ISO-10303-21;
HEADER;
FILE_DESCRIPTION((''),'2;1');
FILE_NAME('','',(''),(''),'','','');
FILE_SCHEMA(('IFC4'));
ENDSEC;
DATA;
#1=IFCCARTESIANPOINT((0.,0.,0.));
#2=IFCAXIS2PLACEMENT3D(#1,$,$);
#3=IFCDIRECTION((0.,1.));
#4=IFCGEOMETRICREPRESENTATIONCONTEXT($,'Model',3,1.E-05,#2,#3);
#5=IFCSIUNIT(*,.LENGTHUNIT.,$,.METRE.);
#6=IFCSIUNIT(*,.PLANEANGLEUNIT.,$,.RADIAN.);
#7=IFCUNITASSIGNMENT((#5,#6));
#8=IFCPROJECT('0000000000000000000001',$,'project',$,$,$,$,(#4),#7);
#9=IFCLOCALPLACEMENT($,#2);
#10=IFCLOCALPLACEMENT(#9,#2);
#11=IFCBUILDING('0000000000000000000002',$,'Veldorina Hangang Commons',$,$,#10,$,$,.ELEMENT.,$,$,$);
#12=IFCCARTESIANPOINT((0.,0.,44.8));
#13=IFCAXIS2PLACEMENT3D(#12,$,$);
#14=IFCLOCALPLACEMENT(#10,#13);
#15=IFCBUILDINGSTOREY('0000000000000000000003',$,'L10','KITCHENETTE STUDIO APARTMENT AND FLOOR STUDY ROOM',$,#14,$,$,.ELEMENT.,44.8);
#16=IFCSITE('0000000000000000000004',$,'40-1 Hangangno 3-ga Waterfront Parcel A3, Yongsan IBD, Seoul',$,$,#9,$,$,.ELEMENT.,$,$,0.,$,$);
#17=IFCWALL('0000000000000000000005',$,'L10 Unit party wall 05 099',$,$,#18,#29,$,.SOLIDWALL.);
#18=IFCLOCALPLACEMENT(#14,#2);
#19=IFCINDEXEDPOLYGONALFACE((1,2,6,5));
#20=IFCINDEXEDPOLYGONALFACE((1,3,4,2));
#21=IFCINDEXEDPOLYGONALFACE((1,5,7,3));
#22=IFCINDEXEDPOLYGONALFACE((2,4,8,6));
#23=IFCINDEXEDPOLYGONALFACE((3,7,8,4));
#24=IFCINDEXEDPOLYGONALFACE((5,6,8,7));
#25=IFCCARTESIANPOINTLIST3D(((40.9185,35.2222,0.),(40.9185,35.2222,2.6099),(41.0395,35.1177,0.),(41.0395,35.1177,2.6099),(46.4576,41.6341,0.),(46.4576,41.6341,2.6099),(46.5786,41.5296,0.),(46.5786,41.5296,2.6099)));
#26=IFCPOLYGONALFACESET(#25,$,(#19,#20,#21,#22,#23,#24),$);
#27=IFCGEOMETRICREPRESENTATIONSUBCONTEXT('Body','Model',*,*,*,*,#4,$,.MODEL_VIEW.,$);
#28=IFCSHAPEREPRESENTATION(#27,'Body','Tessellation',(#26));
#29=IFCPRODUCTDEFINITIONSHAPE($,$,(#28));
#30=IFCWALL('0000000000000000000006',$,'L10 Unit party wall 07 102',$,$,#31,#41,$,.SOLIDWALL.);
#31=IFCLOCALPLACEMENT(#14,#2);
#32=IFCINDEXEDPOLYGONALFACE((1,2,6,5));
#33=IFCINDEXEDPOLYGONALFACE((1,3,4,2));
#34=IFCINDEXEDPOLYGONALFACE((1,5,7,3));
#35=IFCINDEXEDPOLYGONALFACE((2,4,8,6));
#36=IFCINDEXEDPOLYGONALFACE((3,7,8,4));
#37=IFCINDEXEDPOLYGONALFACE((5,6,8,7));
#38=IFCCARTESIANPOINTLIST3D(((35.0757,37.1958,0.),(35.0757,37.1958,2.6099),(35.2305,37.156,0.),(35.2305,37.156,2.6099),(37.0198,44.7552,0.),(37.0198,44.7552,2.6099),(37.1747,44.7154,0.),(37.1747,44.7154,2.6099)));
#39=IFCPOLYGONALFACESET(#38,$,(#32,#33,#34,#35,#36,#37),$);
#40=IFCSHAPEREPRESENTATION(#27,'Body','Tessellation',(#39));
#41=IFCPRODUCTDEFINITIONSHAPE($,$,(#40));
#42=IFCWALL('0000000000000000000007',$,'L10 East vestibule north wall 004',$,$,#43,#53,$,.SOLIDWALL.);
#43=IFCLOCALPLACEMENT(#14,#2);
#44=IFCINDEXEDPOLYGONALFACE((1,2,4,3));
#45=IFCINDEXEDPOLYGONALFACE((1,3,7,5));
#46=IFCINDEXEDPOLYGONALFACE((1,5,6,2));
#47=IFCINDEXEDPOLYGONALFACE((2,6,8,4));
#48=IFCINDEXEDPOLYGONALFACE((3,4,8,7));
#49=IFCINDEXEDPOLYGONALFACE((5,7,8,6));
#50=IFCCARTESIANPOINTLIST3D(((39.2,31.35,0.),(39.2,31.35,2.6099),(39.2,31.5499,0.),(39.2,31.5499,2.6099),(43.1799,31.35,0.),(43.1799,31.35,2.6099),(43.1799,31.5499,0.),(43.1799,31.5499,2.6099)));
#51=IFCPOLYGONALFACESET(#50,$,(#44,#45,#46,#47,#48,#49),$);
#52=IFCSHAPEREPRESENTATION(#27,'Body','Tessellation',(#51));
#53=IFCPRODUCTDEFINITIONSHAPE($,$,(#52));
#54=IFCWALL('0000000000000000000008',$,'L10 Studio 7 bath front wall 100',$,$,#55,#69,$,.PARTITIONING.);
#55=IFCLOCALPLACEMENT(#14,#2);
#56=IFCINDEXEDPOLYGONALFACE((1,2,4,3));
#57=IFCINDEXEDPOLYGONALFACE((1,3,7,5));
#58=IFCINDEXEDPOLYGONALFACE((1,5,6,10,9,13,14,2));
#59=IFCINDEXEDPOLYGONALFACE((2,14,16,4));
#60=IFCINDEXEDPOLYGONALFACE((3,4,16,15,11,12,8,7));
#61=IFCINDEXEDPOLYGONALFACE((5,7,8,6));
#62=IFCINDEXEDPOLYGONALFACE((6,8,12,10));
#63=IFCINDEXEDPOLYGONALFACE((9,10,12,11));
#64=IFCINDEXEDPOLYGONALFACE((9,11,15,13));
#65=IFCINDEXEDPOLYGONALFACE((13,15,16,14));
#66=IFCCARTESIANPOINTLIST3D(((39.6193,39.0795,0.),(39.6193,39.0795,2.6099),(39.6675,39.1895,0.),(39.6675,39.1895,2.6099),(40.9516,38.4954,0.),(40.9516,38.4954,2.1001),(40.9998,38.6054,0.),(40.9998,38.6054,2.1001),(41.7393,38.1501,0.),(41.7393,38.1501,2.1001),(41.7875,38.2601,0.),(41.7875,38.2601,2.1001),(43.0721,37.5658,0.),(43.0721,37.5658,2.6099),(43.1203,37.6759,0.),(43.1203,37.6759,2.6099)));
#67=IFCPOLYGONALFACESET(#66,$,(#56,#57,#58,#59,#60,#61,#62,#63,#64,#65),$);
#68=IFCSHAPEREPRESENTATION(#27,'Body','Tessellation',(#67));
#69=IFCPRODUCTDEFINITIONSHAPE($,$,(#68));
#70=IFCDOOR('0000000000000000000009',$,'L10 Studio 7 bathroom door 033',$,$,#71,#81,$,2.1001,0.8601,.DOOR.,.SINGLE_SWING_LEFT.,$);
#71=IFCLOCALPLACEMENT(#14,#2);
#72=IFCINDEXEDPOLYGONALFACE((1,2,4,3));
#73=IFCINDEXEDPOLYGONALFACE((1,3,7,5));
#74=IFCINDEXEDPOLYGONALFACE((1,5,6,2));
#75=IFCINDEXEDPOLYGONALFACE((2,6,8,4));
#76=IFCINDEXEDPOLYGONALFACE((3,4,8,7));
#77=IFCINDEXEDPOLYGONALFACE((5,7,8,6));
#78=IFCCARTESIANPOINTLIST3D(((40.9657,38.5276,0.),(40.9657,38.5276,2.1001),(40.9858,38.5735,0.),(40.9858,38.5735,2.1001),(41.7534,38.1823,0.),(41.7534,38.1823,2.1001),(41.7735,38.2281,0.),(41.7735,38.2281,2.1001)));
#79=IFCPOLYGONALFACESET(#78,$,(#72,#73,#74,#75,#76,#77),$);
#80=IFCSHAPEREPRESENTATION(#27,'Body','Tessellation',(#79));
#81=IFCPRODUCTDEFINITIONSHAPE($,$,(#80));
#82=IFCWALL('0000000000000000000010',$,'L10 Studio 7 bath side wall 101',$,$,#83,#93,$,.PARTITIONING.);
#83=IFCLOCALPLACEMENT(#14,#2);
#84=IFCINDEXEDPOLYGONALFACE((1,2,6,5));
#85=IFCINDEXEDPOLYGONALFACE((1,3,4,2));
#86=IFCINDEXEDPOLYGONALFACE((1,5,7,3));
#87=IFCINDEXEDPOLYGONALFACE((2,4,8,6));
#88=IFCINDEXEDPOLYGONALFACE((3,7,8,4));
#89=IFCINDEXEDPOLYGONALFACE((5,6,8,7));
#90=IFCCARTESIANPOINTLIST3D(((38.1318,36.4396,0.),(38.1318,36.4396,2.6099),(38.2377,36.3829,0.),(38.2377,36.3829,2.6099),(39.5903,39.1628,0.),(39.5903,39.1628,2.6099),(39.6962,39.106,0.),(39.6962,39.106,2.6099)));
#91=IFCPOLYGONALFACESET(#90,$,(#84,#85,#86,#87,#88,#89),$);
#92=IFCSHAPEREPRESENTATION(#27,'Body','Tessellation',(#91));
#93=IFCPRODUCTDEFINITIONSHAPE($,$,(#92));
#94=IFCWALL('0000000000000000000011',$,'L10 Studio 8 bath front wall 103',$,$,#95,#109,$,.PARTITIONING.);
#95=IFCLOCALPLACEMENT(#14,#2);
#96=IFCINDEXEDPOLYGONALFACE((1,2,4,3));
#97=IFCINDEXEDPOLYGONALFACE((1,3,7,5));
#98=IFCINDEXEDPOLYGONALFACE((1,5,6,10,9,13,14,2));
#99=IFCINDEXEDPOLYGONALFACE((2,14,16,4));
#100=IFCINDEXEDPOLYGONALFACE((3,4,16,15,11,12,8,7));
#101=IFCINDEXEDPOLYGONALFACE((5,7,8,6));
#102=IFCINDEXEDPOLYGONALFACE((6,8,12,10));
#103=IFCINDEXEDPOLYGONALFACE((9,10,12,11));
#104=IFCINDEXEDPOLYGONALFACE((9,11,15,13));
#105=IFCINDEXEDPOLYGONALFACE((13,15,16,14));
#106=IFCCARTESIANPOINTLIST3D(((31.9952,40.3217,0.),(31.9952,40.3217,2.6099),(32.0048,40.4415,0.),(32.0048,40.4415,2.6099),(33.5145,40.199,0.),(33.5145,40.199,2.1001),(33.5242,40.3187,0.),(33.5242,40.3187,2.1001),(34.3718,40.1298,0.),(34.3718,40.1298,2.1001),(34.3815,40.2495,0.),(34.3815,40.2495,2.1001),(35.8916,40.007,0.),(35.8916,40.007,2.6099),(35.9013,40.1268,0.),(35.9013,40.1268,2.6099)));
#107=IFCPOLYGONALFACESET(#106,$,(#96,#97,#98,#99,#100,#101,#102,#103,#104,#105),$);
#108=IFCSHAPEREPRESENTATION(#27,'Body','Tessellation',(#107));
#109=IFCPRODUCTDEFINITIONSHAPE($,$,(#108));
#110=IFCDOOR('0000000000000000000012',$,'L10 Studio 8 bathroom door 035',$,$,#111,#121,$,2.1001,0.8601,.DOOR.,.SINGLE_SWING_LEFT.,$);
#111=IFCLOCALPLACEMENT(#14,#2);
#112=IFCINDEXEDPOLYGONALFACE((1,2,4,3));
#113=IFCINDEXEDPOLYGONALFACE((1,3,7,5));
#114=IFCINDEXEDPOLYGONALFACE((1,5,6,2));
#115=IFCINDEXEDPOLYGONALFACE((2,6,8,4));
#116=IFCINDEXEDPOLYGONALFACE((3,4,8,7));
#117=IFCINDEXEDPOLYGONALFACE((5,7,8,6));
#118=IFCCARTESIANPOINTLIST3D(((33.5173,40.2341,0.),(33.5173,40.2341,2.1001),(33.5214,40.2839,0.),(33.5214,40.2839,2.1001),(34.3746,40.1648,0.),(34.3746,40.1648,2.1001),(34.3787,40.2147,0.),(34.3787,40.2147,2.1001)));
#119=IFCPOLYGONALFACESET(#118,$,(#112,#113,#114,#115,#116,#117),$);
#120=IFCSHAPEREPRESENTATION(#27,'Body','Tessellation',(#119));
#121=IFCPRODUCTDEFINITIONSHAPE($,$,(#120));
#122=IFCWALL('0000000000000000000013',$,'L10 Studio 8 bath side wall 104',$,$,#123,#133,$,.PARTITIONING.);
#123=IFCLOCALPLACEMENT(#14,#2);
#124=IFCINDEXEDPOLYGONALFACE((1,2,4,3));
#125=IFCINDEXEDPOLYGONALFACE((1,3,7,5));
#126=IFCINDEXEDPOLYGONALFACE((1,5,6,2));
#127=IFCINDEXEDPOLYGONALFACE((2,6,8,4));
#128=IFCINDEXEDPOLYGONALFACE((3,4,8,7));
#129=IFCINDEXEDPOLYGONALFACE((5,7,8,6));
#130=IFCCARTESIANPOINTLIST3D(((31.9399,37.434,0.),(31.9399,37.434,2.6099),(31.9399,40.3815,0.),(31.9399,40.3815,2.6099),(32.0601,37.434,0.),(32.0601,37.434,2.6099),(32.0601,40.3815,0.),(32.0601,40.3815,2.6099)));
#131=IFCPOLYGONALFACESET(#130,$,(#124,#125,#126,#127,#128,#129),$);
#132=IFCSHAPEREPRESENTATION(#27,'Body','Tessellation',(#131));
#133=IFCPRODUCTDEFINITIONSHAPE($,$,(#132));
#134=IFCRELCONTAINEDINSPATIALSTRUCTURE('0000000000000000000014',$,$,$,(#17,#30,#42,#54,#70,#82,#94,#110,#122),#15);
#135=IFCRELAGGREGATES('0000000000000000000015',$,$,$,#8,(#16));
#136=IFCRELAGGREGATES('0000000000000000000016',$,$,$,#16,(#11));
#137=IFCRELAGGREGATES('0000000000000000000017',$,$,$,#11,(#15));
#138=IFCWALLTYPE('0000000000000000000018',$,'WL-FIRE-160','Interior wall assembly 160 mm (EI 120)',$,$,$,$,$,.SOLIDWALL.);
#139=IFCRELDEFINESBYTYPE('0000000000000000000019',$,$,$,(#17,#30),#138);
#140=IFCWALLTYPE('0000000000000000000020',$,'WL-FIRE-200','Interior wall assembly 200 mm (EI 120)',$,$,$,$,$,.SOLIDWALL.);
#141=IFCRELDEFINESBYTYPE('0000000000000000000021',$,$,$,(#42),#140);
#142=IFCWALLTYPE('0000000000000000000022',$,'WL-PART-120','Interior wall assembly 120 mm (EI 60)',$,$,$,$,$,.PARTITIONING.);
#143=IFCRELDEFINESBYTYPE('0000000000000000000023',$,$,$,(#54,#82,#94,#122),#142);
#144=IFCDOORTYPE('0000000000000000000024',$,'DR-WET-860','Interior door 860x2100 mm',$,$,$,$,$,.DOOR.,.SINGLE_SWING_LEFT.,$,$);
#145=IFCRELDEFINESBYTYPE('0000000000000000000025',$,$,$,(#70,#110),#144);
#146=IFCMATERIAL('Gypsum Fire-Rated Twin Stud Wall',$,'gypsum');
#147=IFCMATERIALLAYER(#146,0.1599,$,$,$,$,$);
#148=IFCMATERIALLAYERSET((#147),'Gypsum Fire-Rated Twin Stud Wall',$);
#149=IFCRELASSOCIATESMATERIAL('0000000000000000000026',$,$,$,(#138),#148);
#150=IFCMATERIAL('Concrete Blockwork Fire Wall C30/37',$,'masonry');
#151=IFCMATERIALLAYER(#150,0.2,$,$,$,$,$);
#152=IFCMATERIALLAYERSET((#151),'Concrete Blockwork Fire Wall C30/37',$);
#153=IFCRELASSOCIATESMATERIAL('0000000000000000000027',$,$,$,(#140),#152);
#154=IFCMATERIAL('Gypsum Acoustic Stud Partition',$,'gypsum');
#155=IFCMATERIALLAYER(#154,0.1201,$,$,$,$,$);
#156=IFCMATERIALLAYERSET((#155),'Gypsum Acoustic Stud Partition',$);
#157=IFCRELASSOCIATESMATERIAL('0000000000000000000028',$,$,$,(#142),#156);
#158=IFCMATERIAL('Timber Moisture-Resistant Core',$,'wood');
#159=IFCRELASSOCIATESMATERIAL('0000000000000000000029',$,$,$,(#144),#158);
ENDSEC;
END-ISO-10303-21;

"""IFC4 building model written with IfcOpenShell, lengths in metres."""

from ifc_helpers import new_model, si_unit, direction, frame, frame_2d, origin, place, context, subcontext, project, spatial, rectangle, extrude, material, layer, layer_set, type_object, element, fill, save


model = new_model("IFC4")

# Units and contexts
model_context = context("Model", 3, precision=1e-05, world=origin(), true_north=direction((0.0, 1.0)))
body_context = subcontext(model_context, "Body", "Model", "MODEL_VIEW")
ifc_project = project(units=[si_unit("LENGTHUNIT", "METRE"), si_unit("PLANEANGLEUNIT", "RADIAN")], contexts=[model_context])

# Site, building, storey
site_placement = place(None, origin())
site = spatial("IfcSite", under=ifc_project, at=site_placement, Name="40-1 Hangangno 3-ga Waterfront Parcel A3, Yongsan IBD, Seoul", CompositionType="ELEMENT", RefElevation=0.0)
building_placement = place(site_placement, origin())
building = spatial("IfcBuilding", under=site, at=building_placement, Name="Veldorina Hangang Commons", CompositionType="ELEMENT")
storey_placement = place(building_placement, frame((0.0, 0.0, 44.8)))
storey = spatial("IfcBuildingStorey", under=building, at=storey_placement, Name="L10", Description="KITCHENETTE STUDIO APARTMENT AND FLOOR STUDY ROOM", CompositionType="ELEMENT", Elevation=44.8)

# Shared definitions
ifc_material_1 = material(Name="Gypsum Fire-Rated Twin Stud Wall", Category="gypsum")
ifc_layer_1 = layer(ifc_material_1, 0.1599)
ifc_layer_set_1 = layer_set([ifc_layer_1], Name="Gypsum Fire-Rated Twin Stud Wall")
wall_type_1 = type_object("IfcWallType", Name="WL-FIRE-160", Description="Interior wall assembly 160 mm (EI 120)", PredefinedType="SOLIDWALL", material=ifc_layer_set_1)

# Walls
wall_1_placement = place(storey_placement, frame((40.979, 35.1699, 0.0), z_axis=(0.0, 0.0, 1.0), x_axis=(0.653724, 0.756733, 0.0)))
element("IfcWall", 1, at=wall_1_placement, inside=storey, type_object=wall_type_1, Name="L10 Unit party wall 05 099", PredefinedType="SOLIDWALL", context=body_context, shape_type="SweptSolid", body=[
    extrude(rectangle(XDim=8.4731, YDim=0.1599, at=frame_2d((4.2366, 0.0))), origin(), (0.0, 0.0, 1.0), 2.6099),
])
wall_2_placement = place(storey_placement, frame((35.1531, 37.1758, 0.0), z_axis=(0.0, 0.0, 1.0), x_axis=(0.249073, 0.968485, 0.0)))
element("IfcWall", 2, at=wall_2_placement, inside=storey, type_object=wall_type_1, Name="L10 Unit party wall 07 102", PredefinedType="SOLIDWALL", context=body_context, shape_type="SweptSolid", body=[
    extrude(rectangle(XDim=7.8054, YDim=0.1599, at=frame_2d((3.9028, 0.0))), origin(), (0.0, 0.0, 1.0), 2.6099),
])
ifc_material_2 = material(Name="Concrete Blockwork Fire Wall C30/37", Category="masonry")
ifc_layer_2 = layer(ifc_material_2, 0.2)
ifc_layer_set_2 = layer_set([ifc_layer_2], Name="Concrete Blockwork Fire Wall C30/37")
wall_type_2 = type_object("IfcWallType", Name="WL-FIRE-200", Description="Interior wall assembly 200 mm (EI 120)", PredefinedType="SOLIDWALL", material=ifc_layer_set_2)
wall_3_placement = place(storey_placement, frame((39.2, 31.45, 0.0), z_axis=(0.0, 0.0, 1.0), x_axis=(1.0, 0.0, 0.0)))
element("IfcWall", 3, at=wall_3_placement, inside=storey, type_object=wall_type_2, Name="L10 East vestibule north wall 004", PredefinedType="SOLIDWALL", context=body_context, shape_type="SweptSolid", body=[
    extrude(rectangle(XDim=3.98, YDim=0.2, at=frame_2d((1.99, 0.0))), origin(), (0.0, 0.0, 1.0), 2.6099),
])

# Wall, opening, door
ifc_material_3 = material(Name="Gypsum Acoustic Stud Partition", Category="gypsum")
ifc_layer_3 = layer(ifc_material_3, 0.1201)
ifc_layer_set_3 = layer_set([ifc_layer_3], Name="Gypsum Acoustic Stud Partition")
wall_type_3 = type_object("IfcWallType", Name="WL-PART-120", Description="Interior wall assembly 120 mm (EI 60)", PredefinedType="PARTITIONING", material=ifc_layer_set_3)
wall_4_placement = place(storey_placement, frame((43.0962, 37.6208, 0.0), z_axis=(0.0, 0.0, 1.0), x_axis=(-0.915861, 0.401495, 0.0)))
wall_4 = element("IfcWall", 4, at=wall_4_placement, inside=storey, type_object=wall_type_3, Name="L10 Studio 7 bath front wall 100", PredefinedType="PARTITIONING", context=body_context, shape_type="SweptSolid", body=[
    extrude(rectangle(XDim=3.77, YDim=0.1201, at=frame_2d((1.885, 0.0))), origin(), (0.0, 0.0, 1.0), 2.6099),
])
opening_1_placement = place(wall_4_placement, frame((1.4551, 0.0, 0.0)))
opening_1 = element("IfcOpeningElement", 5, at=opening_1_placement, cuts=wall_4, PredefinedType="OPENING", context=body_context, shape_type="SweptSolid", body=[
    extrude(rectangle(XDim=0.8601, YDim=2.1001, at=frame_2d((0.4302, 1.05))), frame((0.0, 0.0701, 0.0), z_axis=(0.0, -1.0, 0.0), x_axis=(1.0, 0.0, 0.0)), (0.0, 0.0, 1.0), 0.1401),
])
ifc_material_4 = material(Name="Timber Moisture-Resistant Core", Category="wood")
door_type_1 = type_object("IfcDoorType", Name="DR-WET-860", Description="Interior door 860x2100 mm", OperationType="SINGLE_SWING_LEFT", PredefinedType="DOOR", material=ifc_material_4)
door_1_placement = place(opening_1_placement, origin())
door_1 = element("IfcDoor", 6, at=door_1_placement, inside=storey, type_object=door_type_1, Name="L10 Studio 7 bathroom door 033", OperationType="SINGLE_SWING_LEFT", OverallHeight=2.1001, OverallWidth=0.8601, PredefinedType="DOOR", context=body_context, shape_type="SweptSolid", body=[
    extrude(rectangle(XDim=0.8601, YDim=2.1001, at=frame_2d((0.4302, 1.05))), frame((0.0, 0.0249, 0.0), z_axis=(0.0, -1.0, 0.0), x_axis=(1.0, 0.0, 0.0)), (0.0, 0.0, 1.0), 0.05),
])
fill(opening_1, door_1)

# Wall
wall_5_placement = place(storey_placement, frame((38.1848, 36.4114, 0.0), z_axis=(0.0, 0.0, 1.0), x_axis=(0.472138, 0.881525, 0.0)))
element("IfcWall", 7, at=wall_5_placement, inside=storey, type_object=wall_type_3, Name="L10 Studio 7 bath side wall 101", PredefinedType="PARTITIONING", context=body_context, shape_type="SweptSolid", body=[
    extrude(rectangle(XDim=3.0891, YDim=0.1201, at=frame_2d((1.5444, 0.0))), origin(), (0.0, 0.0, 1.0), 2.6099),
])

# Wall, opening, door
wall_6_placement = place(storey_placement, frame((35.8965, 40.0669, 0.0), z_axis=(0.0, 0.0, 1.0), x_axis=(-0.996754, 0.080502, 0.0)))
wall_6 = element("IfcWall", 8, at=wall_6_placement, inside=storey, type_object=wall_type_3, Name="L10 Studio 8 bath front wall 103", PredefinedType="PARTITIONING", context=body_context, shape_type="SweptSolid", body=[
    extrude(rectangle(XDim=3.9092, YDim=0.1201, at=frame_2d((1.9546, 0.0))), origin(), (0.0, 0.0, 1.0), 2.6099),
])
opening_2_placement = place(wall_6_placement, frame((1.5247, 0.0, 0.0)))
opening_2 = element("IfcOpeningElement", 9, at=opening_2_placement, cuts=wall_6, PredefinedType="OPENING", context=body_context, shape_type="SweptSolid", body=[
    extrude(rectangle(XDim=0.8601, YDim=2.1001, at=frame_2d((0.4302, 1.05))), frame((0.0, 0.0701, 0.0), z_axis=(0.0, -1.0, 0.0), x_axis=(1.0, 0.0, 0.0)), (0.0, 0.0, 1.0), 0.1401),
])
door_2_placement = place(opening_2_placement, origin())
door_2 = element("IfcDoor", 10, at=door_2_placement, inside=storey, type_object=door_type_1, Name="L10 Studio 8 bathroom door 035", OperationType="SINGLE_SWING_LEFT", OverallHeight=2.1001, OverallWidth=0.8601, PredefinedType="DOOR", context=body_context, shape_type="SweptSolid", body=[
    extrude(rectangle(XDim=0.8601, YDim=2.1001, at=frame_2d((0.4302, 1.05))), frame((0.0, 0.0249, 0.0), z_axis=(0.0, -1.0, 0.0), x_axis=(1.0, 0.0, 0.0)), (0.0, 0.0, 1.0), 0.05),
])
fill(opening_2, door_2)

# Wall
wall_7_placement = place(storey_placement, frame((32.0, 37.4341, 0.0), z_axis=(0.0, 0.0, 1.0), x_axis=(0.0, 1.0, 0.0)))
element("IfcWall", 11, at=wall_7_placement, inside=storey, type_object=wall_type_3, Name="L10 Studio 8 bath side wall 104", PredefinedType="PARTITIONING", context=body_context, shape_type="SweptSolid", body=[
    extrude(rectangle(XDim=2.9475, YDim=0.1201, at=frame_2d((1.4736, 0.0))), origin(), (0.0, 0.0, 1.0), 2.6099),
])

save(model, "model.ifc")
